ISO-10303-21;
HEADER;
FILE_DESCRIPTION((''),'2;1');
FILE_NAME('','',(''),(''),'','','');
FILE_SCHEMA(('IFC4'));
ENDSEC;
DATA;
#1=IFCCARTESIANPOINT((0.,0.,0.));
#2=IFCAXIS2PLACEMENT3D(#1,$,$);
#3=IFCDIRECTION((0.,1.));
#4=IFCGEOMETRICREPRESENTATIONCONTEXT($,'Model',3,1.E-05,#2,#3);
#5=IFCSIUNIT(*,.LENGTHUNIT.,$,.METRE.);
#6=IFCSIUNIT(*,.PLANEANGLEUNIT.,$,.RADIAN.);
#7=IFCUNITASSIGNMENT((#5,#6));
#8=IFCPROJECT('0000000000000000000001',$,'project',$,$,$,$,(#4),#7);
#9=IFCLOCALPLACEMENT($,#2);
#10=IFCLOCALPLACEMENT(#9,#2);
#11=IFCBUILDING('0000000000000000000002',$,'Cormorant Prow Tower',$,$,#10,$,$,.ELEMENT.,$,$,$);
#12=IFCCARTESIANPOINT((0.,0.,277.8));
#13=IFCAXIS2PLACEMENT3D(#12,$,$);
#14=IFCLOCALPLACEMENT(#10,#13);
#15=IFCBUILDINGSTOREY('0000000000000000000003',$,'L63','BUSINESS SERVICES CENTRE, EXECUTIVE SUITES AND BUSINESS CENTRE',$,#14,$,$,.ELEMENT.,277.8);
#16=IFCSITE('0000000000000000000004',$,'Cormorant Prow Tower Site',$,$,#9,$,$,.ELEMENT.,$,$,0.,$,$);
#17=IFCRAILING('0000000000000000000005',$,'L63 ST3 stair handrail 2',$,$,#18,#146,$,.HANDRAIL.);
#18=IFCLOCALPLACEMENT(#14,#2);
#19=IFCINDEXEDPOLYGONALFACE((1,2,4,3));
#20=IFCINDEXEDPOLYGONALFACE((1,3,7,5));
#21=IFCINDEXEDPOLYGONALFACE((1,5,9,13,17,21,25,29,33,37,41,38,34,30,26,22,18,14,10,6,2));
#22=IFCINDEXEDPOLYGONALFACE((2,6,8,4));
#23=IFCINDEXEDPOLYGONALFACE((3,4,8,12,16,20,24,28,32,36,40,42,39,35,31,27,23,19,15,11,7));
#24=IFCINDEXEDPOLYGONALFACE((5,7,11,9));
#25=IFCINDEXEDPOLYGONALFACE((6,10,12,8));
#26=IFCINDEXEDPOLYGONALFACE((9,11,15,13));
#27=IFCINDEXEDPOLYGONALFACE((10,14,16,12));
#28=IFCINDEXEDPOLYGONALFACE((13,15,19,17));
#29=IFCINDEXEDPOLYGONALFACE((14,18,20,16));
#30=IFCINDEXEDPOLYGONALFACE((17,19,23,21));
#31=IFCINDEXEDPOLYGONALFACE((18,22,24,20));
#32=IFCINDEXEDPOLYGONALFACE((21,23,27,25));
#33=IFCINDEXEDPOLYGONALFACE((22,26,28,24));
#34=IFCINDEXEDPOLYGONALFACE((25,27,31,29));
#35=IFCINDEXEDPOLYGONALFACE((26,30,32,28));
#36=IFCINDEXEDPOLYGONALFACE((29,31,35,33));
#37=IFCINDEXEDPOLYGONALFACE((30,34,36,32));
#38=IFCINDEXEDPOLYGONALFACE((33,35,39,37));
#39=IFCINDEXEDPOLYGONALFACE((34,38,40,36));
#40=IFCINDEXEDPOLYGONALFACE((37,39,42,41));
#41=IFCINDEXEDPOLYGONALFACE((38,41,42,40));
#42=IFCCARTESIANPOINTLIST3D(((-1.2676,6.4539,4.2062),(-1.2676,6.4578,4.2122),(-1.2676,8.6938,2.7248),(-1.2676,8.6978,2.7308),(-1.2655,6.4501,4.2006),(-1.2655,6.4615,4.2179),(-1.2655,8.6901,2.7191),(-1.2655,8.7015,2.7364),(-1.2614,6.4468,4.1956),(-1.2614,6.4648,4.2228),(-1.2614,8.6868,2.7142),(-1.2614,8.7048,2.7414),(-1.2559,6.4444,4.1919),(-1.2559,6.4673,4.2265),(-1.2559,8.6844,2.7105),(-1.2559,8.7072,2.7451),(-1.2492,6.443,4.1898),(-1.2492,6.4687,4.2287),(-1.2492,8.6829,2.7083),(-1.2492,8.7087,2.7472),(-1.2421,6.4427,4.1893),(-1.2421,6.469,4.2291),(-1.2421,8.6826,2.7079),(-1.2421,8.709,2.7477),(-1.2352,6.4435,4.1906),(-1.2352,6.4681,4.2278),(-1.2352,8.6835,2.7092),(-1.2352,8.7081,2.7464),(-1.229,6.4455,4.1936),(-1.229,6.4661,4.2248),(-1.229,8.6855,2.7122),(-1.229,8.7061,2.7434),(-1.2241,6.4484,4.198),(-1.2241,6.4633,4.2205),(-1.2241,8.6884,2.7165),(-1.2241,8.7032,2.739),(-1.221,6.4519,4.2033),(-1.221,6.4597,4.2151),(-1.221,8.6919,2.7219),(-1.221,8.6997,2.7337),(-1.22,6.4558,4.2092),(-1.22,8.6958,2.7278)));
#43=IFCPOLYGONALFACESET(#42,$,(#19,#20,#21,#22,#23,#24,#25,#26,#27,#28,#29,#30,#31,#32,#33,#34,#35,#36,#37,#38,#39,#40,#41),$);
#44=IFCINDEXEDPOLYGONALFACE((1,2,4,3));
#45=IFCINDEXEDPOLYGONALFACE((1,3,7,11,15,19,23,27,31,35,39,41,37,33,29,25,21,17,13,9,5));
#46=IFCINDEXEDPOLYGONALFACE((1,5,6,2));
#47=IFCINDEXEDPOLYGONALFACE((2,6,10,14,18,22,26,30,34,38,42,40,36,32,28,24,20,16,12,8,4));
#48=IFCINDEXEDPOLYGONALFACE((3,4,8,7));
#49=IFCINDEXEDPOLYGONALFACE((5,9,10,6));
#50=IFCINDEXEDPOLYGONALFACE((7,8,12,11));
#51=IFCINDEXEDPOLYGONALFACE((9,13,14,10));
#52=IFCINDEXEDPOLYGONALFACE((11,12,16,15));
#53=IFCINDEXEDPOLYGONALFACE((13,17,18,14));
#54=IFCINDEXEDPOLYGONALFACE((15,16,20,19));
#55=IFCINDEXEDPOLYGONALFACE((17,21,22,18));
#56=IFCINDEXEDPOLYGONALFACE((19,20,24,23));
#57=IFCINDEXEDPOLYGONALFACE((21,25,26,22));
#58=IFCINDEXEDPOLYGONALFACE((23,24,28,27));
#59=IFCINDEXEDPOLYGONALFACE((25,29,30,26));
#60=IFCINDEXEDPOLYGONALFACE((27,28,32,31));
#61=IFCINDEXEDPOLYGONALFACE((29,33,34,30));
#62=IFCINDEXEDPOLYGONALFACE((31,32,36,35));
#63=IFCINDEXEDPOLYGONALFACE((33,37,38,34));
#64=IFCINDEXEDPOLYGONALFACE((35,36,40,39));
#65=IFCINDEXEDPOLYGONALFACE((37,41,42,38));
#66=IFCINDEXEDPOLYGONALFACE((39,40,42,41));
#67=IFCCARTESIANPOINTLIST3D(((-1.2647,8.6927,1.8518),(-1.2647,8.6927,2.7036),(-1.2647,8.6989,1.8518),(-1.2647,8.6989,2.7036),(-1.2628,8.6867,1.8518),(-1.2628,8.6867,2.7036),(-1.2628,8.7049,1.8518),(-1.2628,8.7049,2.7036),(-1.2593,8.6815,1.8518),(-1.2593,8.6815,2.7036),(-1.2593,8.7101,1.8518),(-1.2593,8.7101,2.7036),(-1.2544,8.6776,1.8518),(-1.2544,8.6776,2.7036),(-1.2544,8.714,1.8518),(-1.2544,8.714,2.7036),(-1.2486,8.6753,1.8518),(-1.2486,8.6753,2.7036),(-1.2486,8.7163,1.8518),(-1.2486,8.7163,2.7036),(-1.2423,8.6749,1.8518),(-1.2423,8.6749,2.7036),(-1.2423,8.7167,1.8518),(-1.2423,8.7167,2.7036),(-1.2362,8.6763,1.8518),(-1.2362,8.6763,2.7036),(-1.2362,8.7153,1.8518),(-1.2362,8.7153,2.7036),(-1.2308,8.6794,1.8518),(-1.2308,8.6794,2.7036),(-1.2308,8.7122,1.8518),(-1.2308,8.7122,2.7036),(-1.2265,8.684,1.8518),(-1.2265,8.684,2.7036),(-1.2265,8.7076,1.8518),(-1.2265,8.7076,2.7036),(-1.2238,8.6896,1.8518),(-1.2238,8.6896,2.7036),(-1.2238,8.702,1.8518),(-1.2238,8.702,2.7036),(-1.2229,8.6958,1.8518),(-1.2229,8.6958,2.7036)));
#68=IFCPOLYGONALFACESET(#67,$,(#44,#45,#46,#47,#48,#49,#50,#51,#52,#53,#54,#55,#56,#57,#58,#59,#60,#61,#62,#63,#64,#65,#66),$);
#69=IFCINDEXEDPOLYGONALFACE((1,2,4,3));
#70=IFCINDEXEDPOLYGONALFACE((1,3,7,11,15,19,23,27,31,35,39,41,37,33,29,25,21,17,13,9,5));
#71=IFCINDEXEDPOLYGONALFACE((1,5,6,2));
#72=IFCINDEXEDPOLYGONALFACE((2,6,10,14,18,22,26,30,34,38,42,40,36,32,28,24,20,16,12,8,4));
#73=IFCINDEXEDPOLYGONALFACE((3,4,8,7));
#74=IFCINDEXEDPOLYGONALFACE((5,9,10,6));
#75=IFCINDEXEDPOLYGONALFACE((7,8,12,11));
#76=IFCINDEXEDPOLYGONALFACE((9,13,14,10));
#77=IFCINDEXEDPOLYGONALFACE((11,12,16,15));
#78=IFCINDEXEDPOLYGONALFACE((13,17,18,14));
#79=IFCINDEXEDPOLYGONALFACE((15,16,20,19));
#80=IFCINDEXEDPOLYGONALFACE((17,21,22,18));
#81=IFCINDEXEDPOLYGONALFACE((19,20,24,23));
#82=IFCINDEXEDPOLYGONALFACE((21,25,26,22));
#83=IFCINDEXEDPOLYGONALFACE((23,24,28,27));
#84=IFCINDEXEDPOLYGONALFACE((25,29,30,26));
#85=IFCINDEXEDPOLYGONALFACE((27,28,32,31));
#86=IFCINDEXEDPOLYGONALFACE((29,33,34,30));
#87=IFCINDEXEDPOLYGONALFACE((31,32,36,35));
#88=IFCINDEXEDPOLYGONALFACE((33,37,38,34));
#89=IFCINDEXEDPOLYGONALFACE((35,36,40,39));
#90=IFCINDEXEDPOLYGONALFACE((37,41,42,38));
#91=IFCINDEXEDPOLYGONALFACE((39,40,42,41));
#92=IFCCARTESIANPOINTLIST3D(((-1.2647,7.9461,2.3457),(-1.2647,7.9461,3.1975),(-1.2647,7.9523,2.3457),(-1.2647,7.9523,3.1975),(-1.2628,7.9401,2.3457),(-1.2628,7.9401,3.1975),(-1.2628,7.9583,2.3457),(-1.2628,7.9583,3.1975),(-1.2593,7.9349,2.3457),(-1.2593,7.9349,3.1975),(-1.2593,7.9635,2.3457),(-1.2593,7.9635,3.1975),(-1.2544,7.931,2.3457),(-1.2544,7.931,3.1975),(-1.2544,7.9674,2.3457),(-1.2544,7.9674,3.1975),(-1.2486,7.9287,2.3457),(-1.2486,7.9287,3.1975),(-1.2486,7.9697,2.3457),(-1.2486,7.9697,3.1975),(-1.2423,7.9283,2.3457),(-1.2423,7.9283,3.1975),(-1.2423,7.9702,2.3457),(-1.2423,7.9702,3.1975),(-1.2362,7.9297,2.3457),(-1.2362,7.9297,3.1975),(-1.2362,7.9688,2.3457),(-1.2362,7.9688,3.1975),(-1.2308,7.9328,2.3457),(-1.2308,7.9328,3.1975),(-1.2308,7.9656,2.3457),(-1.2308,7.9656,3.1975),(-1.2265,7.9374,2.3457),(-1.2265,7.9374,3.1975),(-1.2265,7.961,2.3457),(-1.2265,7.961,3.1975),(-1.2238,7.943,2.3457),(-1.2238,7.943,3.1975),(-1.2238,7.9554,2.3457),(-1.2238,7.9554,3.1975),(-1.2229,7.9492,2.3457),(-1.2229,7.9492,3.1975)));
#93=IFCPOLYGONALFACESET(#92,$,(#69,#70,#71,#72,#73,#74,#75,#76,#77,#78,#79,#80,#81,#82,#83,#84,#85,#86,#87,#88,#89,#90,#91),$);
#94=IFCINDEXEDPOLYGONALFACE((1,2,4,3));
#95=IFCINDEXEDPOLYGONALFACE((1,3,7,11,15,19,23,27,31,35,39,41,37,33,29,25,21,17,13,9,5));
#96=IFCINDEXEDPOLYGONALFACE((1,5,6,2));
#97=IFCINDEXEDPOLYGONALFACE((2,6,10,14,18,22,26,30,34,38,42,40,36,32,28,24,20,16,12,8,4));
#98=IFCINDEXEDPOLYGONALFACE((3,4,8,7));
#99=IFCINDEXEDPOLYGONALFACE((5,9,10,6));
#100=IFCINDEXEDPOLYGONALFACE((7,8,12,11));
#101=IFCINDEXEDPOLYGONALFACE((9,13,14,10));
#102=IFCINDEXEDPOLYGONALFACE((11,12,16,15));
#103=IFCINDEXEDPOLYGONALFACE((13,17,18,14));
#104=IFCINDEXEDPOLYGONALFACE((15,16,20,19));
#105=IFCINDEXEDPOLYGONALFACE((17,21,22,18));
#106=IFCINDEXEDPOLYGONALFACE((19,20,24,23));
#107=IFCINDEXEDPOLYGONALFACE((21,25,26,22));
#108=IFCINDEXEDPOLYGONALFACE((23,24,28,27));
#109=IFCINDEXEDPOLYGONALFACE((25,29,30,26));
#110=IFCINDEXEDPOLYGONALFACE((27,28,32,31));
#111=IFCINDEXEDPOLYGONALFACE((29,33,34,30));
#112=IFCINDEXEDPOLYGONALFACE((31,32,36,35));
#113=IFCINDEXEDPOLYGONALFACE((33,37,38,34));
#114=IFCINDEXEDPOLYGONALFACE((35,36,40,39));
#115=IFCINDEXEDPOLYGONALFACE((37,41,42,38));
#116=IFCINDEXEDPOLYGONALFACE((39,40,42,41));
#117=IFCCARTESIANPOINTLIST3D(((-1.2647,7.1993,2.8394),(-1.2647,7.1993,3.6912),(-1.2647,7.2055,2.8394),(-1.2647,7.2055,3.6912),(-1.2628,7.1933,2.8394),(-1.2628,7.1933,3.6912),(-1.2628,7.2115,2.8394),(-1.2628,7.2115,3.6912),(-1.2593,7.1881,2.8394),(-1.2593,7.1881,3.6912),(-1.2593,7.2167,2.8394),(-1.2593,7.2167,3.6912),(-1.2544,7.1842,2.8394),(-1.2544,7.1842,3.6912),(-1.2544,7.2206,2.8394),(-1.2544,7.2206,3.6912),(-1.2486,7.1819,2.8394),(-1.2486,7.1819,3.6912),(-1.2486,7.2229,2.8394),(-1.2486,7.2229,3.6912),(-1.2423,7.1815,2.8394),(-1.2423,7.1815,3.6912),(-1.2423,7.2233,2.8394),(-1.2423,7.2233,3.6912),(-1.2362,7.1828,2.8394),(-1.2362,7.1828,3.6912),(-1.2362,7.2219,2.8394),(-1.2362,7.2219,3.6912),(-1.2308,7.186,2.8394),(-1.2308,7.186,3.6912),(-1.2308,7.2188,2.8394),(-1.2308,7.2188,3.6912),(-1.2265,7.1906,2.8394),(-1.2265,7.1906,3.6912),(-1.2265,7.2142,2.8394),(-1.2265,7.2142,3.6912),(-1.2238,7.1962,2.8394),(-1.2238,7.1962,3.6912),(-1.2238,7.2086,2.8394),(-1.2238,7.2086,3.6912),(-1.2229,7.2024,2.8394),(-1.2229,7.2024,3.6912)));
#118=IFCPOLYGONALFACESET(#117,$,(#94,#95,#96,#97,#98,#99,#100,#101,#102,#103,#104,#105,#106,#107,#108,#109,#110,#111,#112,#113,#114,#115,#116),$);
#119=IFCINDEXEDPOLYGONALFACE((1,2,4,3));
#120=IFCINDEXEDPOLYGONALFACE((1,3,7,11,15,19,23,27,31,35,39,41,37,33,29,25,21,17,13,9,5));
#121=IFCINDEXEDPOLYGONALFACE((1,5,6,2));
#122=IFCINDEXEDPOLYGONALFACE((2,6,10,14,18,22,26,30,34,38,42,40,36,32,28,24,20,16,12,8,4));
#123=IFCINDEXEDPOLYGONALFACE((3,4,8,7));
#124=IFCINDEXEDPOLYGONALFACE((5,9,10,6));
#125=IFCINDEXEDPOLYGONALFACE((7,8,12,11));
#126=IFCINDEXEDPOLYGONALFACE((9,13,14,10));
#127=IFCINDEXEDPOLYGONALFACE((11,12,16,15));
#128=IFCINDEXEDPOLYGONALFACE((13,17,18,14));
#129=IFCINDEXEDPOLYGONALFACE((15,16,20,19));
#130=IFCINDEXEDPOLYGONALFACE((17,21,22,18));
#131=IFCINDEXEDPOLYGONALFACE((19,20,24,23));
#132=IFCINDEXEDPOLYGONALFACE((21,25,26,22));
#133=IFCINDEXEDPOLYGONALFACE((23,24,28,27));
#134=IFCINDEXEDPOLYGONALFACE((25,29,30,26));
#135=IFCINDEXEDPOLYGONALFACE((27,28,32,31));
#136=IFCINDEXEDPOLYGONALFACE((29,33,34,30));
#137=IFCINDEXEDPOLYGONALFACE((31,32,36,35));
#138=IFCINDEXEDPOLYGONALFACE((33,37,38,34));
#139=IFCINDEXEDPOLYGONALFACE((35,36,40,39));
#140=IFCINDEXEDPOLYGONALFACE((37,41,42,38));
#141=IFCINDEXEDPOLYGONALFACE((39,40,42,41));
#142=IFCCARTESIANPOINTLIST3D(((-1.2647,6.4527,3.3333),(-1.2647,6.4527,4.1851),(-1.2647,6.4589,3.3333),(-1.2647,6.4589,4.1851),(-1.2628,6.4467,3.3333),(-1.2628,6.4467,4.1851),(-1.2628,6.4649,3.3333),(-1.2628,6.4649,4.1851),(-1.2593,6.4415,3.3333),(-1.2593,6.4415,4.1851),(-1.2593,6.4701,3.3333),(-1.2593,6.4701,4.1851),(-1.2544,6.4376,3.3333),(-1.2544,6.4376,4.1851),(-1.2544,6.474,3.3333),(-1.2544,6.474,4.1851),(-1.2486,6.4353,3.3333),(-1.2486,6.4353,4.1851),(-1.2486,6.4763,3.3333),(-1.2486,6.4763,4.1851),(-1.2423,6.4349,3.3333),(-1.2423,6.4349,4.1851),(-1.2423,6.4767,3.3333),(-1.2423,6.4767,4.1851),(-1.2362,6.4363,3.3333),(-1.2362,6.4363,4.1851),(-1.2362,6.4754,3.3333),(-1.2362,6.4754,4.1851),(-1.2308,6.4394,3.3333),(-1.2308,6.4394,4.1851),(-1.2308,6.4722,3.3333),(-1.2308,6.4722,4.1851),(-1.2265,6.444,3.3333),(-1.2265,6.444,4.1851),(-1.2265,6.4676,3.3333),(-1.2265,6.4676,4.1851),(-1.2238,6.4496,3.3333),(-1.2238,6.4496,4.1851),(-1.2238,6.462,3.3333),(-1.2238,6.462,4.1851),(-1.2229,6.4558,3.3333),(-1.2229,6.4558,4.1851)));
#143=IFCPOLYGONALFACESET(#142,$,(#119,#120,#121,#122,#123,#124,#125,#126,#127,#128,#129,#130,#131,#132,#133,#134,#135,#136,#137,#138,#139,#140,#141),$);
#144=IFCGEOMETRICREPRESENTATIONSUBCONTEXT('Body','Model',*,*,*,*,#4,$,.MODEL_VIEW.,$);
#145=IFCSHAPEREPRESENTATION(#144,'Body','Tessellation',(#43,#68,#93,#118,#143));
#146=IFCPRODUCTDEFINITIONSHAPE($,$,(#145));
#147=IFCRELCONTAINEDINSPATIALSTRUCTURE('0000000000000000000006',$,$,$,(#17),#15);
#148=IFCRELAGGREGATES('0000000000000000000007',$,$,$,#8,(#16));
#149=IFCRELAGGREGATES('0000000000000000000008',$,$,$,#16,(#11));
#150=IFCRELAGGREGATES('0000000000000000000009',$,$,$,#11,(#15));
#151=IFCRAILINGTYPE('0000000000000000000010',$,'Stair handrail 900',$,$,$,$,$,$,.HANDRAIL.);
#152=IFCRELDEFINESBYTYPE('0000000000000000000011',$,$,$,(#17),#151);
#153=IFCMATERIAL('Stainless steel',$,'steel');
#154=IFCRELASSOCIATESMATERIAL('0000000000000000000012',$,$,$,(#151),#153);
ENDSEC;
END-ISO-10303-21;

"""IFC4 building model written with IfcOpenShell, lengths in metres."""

from ifc_helpers import new_model, si_unit, direction, frame, origin, origin_2d, place, context, subcontext, project, spatial, circle, extrude, material, type_object, element, save


model = new_model("IFC4")

# Units and contexts
model_context = context("Model", 3, precision=1e-05, world=origin(), true_north=direction((0.0, 1.0)))
body_context = subcontext(model_context, "Body", "Model", "MODEL_VIEW")
ifc_project = project(units=[si_unit("LENGTHUNIT", "METRE"), si_unit("PLANEANGLEUNIT", "RADIAN")], contexts=[model_context])

# Site, building, storey
site_placement = place(None, origin())
site = spatial("IfcSite", under=ifc_project, at=site_placement, Name="Cormorant Prow Tower Site", CompositionType="ELEMENT", RefElevation=0.0)
building_placement = place(site_placement, origin())
building = spatial("IfcBuilding", under=site, at=building_placement, Name="Cormorant Prow Tower", CompositionType="ELEMENT")
storey_placement = place(building_placement, frame((0.0, 0.0, 277.8)))
storey = spatial("IfcBuildingStorey", under=building, at=storey_placement, Name="L63", Description="BUSINESS SERVICES CENTRE, EXECUTIVE SUITES AND BUSINESS CENTRE", CompositionType="ELEMENT", Elevation=277.8)

# Railing
ifc_material_1 = material(Name="Stainless steel", Category="steel")
railing_type = type_object("IfcRailingType", Name="Stair handrail 900", PredefinedType="HANDRAIL", material=ifc_material_1)
for number, where, name in (
    (1, (-1.2439, 8.6958, 1.8518), "L63 ST3 stair handrail 2"),
):
    element("IfcRailing", number, at=place(storey_placement, frame(where)), inside=storey, type_object=railing_type, Name=name, PredefinedType="HANDRAIL", context=body_context, shape_type="SweptSolid", body=[
        extrude(circle(Radius=0.0239, at=origin_2d()), frame((0.0, 0.0, 0.876), z_axis=(0.0, -0.834087, 0.551634), x_axis=(1.0, 0.0, 0.0)), (0.0, 0.0, 1.0), 2.6855),
        extrude(circle(Radius=0.021, at=origin_2d()), origin(), (0.0, 0.0, 1.0), 0.8518),
        extrude(circle(Radius=0.021, at=origin_2d()), frame((0.0, -0.7466, 0.4939)), (0.0, 0.0, 1.0), 0.8518),
        extrude(circle(Radius=0.021, at=origin_2d()), frame((0.0, -1.4934, 0.9875)), (0.0, 0.0, 1.0), 0.8518),
        extrude(circle(Radius=0.021, at=origin_2d()), frame((0.0, -2.24, 1.4814)), (0.0, 0.0, 1.0), 0.8518),
    ])

save(model, "model.ifc")
